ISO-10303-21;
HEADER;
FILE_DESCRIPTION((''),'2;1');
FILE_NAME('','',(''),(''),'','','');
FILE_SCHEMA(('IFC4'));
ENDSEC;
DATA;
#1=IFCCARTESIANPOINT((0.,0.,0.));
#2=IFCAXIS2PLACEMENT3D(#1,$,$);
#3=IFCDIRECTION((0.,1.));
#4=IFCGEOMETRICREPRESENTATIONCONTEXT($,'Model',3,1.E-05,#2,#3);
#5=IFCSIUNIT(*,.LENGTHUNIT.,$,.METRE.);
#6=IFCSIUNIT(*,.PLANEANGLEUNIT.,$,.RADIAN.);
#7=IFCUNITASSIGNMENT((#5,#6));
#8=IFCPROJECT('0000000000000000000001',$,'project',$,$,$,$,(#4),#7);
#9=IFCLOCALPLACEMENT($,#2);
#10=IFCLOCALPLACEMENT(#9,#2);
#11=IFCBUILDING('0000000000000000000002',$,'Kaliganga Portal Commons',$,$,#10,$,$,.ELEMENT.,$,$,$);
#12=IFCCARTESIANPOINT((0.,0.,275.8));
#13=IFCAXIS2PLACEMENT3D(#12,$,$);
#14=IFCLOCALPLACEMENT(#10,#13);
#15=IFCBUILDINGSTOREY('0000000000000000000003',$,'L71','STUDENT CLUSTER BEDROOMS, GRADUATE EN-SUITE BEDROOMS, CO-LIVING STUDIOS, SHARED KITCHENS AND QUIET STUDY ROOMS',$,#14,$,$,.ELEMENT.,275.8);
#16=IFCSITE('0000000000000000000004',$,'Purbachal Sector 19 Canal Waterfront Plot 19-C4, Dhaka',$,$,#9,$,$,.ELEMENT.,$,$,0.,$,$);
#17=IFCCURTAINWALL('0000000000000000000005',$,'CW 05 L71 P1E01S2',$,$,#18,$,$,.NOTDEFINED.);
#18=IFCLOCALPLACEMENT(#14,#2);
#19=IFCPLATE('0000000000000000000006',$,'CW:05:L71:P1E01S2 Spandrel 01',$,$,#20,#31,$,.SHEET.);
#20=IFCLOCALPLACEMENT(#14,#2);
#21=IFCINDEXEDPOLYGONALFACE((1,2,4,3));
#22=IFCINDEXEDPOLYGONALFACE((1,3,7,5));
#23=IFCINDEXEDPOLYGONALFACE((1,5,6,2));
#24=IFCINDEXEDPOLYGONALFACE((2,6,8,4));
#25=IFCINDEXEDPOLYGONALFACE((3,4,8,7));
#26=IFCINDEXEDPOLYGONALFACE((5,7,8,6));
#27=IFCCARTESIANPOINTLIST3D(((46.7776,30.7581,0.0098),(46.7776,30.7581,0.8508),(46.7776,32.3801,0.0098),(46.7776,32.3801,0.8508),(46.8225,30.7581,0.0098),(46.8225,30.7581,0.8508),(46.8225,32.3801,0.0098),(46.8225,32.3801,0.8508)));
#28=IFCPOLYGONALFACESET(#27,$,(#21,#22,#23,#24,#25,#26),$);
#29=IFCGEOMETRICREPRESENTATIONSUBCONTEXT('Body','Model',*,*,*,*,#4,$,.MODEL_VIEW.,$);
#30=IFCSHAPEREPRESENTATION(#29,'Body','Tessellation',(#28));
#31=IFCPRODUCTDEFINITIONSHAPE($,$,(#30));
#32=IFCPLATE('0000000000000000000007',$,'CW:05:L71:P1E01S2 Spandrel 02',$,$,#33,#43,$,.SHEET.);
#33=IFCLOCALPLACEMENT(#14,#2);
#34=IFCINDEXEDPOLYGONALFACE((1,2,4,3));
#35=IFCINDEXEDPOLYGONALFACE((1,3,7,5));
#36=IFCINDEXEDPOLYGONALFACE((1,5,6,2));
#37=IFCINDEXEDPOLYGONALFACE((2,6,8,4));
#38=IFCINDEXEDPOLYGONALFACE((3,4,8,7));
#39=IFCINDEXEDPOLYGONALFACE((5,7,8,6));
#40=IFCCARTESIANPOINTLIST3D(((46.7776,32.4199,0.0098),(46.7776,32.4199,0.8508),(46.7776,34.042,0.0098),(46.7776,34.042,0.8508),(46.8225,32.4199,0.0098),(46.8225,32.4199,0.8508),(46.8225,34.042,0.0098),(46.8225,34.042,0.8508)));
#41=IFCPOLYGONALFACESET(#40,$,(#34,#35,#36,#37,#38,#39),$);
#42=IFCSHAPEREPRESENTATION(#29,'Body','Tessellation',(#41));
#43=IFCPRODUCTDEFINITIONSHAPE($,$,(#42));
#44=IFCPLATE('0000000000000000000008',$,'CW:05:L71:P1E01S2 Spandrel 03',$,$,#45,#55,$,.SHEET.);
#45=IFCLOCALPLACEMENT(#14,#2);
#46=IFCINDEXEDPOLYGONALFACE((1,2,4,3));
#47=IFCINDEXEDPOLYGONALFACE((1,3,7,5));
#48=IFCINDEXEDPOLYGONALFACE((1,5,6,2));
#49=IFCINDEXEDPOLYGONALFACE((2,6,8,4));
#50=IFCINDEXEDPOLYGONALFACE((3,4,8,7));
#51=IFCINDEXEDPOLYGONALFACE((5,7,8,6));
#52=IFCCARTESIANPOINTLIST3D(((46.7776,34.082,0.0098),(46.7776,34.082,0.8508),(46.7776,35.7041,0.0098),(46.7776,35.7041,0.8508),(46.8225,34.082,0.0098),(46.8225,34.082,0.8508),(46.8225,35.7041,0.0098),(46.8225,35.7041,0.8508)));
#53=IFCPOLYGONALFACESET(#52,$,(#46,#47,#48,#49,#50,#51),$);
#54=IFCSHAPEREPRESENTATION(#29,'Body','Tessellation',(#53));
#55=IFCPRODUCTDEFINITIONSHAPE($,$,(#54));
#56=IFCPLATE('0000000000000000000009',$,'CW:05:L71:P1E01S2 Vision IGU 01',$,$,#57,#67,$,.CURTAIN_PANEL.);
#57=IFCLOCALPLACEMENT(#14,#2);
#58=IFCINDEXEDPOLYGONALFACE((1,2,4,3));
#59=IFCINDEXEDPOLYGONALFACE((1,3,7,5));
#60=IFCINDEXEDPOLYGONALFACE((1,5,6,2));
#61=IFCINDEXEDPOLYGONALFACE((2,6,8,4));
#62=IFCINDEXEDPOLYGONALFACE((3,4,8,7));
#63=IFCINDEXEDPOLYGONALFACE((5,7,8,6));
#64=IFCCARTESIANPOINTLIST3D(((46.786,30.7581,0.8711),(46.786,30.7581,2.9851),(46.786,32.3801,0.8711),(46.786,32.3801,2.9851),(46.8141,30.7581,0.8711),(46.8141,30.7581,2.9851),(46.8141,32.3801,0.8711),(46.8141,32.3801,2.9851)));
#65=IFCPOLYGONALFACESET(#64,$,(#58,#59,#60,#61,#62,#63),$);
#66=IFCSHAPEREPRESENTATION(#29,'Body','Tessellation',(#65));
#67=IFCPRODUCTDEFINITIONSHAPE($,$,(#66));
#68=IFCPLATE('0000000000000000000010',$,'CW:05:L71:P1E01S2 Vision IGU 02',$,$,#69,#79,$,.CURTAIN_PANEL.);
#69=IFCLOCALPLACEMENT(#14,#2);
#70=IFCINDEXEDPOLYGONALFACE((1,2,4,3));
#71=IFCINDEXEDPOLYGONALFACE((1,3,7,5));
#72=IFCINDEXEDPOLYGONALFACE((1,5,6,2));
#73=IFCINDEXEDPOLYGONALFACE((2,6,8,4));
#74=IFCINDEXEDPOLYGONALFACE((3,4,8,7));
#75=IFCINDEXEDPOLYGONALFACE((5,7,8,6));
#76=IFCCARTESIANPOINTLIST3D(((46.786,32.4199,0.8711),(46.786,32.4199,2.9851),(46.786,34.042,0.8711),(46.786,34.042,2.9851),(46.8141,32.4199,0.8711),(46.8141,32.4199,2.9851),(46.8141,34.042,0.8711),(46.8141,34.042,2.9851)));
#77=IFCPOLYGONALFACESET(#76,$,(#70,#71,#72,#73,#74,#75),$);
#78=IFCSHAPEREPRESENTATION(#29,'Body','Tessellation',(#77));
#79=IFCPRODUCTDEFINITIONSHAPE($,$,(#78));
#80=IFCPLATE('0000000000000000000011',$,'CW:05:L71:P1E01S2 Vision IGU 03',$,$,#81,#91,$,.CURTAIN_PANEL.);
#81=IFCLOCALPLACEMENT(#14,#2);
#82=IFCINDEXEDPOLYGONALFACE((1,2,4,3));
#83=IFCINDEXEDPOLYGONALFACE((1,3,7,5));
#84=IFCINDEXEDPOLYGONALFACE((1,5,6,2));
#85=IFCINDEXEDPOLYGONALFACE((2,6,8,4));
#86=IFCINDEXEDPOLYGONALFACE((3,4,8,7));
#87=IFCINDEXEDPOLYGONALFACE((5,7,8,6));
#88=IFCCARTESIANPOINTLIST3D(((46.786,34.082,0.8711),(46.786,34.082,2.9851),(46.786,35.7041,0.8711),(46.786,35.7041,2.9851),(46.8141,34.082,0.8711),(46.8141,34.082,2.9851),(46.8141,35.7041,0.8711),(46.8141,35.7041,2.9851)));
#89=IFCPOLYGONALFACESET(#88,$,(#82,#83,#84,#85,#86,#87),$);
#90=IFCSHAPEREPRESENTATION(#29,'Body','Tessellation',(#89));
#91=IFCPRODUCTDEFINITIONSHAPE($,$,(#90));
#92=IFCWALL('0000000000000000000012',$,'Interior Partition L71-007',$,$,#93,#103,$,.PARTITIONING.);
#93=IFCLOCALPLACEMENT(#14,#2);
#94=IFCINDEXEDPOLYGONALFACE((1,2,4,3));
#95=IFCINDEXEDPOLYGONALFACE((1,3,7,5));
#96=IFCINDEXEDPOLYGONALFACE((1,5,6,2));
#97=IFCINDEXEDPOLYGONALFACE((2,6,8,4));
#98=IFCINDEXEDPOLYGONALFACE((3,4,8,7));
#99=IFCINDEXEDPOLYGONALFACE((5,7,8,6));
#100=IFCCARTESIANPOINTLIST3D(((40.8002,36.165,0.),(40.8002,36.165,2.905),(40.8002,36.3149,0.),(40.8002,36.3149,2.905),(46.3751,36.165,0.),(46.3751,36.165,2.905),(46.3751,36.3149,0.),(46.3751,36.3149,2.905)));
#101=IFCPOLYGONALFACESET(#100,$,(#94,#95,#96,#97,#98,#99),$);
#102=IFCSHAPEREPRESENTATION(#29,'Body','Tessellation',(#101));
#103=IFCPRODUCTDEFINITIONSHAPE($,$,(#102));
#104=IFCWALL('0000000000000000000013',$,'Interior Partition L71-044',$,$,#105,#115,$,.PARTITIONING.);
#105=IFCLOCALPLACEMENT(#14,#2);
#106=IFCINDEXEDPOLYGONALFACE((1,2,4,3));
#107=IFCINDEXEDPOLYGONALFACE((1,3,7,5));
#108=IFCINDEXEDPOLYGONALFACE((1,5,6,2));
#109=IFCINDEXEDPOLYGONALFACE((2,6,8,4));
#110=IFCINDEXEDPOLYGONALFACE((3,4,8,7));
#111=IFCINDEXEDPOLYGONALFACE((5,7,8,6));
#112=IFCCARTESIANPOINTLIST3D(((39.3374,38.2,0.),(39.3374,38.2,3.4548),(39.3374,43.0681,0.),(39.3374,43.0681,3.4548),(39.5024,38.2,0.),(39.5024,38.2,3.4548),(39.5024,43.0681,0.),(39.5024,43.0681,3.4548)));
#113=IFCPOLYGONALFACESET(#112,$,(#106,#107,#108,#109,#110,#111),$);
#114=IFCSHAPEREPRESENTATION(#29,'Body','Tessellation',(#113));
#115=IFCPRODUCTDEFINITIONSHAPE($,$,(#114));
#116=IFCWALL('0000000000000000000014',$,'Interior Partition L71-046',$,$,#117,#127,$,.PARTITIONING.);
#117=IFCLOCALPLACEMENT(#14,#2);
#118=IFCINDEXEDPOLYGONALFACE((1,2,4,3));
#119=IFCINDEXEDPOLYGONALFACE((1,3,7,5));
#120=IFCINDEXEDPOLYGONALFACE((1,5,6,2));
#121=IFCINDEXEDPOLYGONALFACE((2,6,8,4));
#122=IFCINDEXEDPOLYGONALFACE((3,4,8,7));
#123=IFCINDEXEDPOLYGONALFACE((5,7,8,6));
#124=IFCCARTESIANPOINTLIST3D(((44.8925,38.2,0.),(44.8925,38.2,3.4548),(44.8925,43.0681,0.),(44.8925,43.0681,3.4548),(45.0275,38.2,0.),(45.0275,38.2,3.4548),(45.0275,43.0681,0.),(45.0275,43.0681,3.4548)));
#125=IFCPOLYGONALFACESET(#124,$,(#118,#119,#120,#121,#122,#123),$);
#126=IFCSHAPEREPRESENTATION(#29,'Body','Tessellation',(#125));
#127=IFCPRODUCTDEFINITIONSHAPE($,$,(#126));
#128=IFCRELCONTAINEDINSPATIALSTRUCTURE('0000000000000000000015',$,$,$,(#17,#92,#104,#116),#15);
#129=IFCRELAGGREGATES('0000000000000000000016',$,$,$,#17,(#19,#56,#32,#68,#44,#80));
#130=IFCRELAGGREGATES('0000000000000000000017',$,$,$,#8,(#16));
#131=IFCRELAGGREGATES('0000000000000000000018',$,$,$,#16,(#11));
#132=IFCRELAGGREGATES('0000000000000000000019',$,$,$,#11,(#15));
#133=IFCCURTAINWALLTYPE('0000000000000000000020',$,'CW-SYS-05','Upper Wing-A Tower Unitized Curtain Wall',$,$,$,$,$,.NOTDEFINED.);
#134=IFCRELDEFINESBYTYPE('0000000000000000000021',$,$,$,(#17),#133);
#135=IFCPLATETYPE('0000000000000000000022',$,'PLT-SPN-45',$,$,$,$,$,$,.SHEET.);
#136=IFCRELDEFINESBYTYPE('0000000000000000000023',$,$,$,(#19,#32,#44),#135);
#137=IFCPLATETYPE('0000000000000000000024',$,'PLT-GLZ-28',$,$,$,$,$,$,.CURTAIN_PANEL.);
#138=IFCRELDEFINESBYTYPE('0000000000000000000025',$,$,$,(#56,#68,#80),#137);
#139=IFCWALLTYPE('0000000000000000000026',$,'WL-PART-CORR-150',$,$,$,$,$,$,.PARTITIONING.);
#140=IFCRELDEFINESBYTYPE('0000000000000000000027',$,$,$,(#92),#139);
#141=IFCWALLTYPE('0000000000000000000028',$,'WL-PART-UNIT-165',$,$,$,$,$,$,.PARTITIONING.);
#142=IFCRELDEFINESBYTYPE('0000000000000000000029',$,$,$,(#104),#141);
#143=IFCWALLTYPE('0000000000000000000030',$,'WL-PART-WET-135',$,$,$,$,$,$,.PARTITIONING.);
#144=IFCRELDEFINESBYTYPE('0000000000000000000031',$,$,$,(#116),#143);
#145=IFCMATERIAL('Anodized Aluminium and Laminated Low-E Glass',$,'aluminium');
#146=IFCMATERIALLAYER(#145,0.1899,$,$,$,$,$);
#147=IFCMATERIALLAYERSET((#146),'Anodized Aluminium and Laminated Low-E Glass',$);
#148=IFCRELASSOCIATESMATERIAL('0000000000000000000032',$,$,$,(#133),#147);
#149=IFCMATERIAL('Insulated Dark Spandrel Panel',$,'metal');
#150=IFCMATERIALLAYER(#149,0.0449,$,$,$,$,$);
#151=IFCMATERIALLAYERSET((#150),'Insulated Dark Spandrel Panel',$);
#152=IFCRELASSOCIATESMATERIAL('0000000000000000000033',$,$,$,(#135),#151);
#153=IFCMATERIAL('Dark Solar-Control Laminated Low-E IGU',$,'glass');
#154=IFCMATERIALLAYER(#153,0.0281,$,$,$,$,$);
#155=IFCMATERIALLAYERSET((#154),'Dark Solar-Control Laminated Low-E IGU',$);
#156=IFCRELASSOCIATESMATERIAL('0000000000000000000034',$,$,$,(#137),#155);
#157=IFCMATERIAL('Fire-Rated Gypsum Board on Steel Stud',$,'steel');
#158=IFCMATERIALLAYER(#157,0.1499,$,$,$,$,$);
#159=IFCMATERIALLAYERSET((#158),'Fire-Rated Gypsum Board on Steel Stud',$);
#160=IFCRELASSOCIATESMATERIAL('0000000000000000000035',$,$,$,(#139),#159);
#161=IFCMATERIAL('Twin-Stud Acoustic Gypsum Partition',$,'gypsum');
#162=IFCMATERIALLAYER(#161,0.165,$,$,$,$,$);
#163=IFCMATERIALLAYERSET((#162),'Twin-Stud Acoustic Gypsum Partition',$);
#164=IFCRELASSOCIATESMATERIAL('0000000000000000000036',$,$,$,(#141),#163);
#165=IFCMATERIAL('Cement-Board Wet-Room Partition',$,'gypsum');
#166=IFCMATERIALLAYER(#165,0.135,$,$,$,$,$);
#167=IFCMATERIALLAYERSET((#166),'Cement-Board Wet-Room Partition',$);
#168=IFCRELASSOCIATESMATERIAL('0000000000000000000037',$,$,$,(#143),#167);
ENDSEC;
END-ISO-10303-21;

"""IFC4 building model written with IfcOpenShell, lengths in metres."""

from ifc_helpers import new_model, si_unit, direction, frame, frame_2d, origin, origin_2d, place, context, subcontext, project, spatial, rectangle, extrude, source, transform, mapped, material, layer, layer_set, type_object, element, aggregate, save


model = new_model("IFC4")

# Units and contexts
model_context = context("Model", 3, precision=1e-05, world=origin(), true_north=direction((0.0, 1.0)))
body_context = subcontext(model_context, "Body", "Model", "MODEL_VIEW")
ifc_project = project(units=[si_unit("LENGTHUNIT", "METRE"), si_unit("PLANEANGLEUNIT", "RADIAN")], contexts=[model_context])

# Site, building, storey
site_placement = place(None, origin())
site = spatial("IfcSite", under=ifc_project, at=site_placement, Name="Purbachal Sector 19 Canal Waterfront Plot 19-C4, Dhaka", CompositionType="ELEMENT", RefElevation=0.0)
building_placement = place(site_placement, origin())
building = spatial("IfcBuilding", under=site, at=building_placement, Name="Kaliganga Portal Commons", CompositionType="ELEMENT")
storey_placement = place(building_placement, frame((0.0, 0.0, 275.8)))
storey = spatial("IfcBuildingStorey", under=building, at=storey_placement, Name="L71", Description="STUDENT CLUSTER BEDROOMS, GRADUATE EN-SUITE BEDROOMS, CO-LIVING STUDIOS, SHARED KITCHENS AND QUIET STUDY ROOMS", CompositionType="ELEMENT", Elevation=275.8)

# Curtain wall
ifc_material_1 = material(Name="Anodized Aluminium and Laminated Low-E Glass", Category="aluminium")
ifc_layer_1 = layer(ifc_material_1, 0.1899)
ifc_layer_set_1 = layer_set([ifc_layer_1], Name="Anodized Aluminium and Laminated Low-E Glass")
curtain_wall_type = type_object("IfcCurtainWallType", Name="CW-SYS-05", Description="Upper Wing-A Tower Unitized Curtain Wall", PredefinedType="NOTDEFINED", material=ifc_layer_set_1)
curtain_wall_1_placement = place(storey_placement, origin())
curtain_wall_1 = element("IfcCurtainWall", 1, at=curtain_wall_1_placement, inside=storey, type_object=curtain_wall_type, Name="CW 05 L71 P1E01S2", PredefinedType="NOTDEFINED")

# Shared definitions
ifc_material_2 = material(Name="Insulated Dark Spandrel Panel", Category="metal")
ifc_layer_2 = layer(ifc_material_2, 0.0449)
ifc_layer_set_2 = layer_set([ifc_layer_2], Name="Insulated Dark Spandrel Panel")
plate_type_1 = type_object("IfcPlateType", Name="PLT-SPN-45", PredefinedType="SHEET", material=ifc_layer_set_2)
ifc_material_3 = material(Name="Dark Solar-Control Laminated Low-E IGU", Category="glass")
ifc_layer_3 = layer(ifc_material_3, 0.0281)
ifc_layer_set_3 = layer_set([ifc_layer_3], Name="Dark Solar-Control Laminated Low-E IGU")
plate_type_2 = type_object("IfcPlateType", Name="PLT-GLZ-28", PredefinedType="CURTAIN_PANEL", material=ifc_layer_set_3)

# Plates
shared_shape_1 = source(origin(), body_context, "Body", "SweptSolid", [
    extrude(rectangle(XDim=1.6221, YDim=0.0449, at=origin_2d()), origin(), (0.0, 0.0, 1.0), 0.8411),
])
plate_1_placement = place(storey_placement, frame((46.8, 31.5691, 0.0098), z_axis=(0.0, 0.0, 1.0), x_axis=(0.0, 1.0, 0.0)))
plate_1 = element("IfcPlate", 2, at=plate_1_placement, type_object=plate_type_1, Name="CW:05:L71:P1E01S2 Spandrel 01", PredefinedType="SHEET", context=body_context, shape_type="MappedRepresentation", body=[
    mapped(shared_shape_1, transform((0.0, 0.0, 0.0), x_axis=(1.0, 0.0, 0.0), y_axis=(0.0, 1.0, 0.0), z_axis=(0.0, 0.0, 1.0), scale=1.0)),
])
plate_2_placement = place(storey_placement, frame((46.8, 33.231, 0.0098), z_axis=(0.0, 0.0, 1.0), x_axis=(0.0, 1.0, 0.0)))
plate_2 = element("IfcPlate", 3, at=plate_2_placement, type_object=plate_type_1, Name="CW:05:L71:P1E01S2 Spandrel 02", PredefinedType="SHEET", context=body_context, shape_type="MappedRepresentation", body=[
    mapped(shared_shape_1, transform((0.0, 0.0, 0.0), x_axis=(1.0, 0.0, 0.0), y_axis=(0.0, 1.0, 0.0), z_axis=(0.0, 0.0, 1.0), scale=1.0)),
])
plate_3_placement = place(storey_placement, frame((46.8, 34.8931, 0.0098), z_axis=(0.0, 0.0, 1.0), x_axis=(0.0, 1.0, 0.0)))
plate_3 = element("IfcPlate", 4, at=plate_3_placement, type_object=plate_type_1, Name="CW:05:L71:P1E01S2 Spandrel 03", PredefinedType="SHEET", context=body_context, shape_type="MappedRepresentation", body=[
    mapped(shared_shape_1, transform((0.0, 0.0, 0.0), x_axis=(1.0, 0.0, 0.0), y_axis=(0.0, 1.0, 0.0), z_axis=(0.0, 0.0, 1.0), scale=1.0)),
])
shared_shape_2 = source(origin(), body_context, "Body", "SweptSolid", [
    extrude(rectangle(XDim=1.6221, YDim=0.0281, at=origin_2d()), origin(), (0.0, 0.0, 1.0), 2.114),
])
plate_4_placement = place(storey_placement, frame((46.8, 31.5691, 0.8711), z_axis=(0.0, 0.0, 1.0), x_axis=(0.0, 1.0, 0.0)))
plate_4 = element("IfcPlate", 5, at=plate_4_placement, type_object=plate_type_2, Name="CW:05:L71:P1E01S2 Vision IGU 01", PredefinedType="CURTAIN_PANEL", context=body_context, shape_type="MappedRepresentation", body=[
    mapped(shared_shape_2, transform((0.0, 0.0, 0.0), x_axis=(1.0, 0.0, 0.0), y_axis=(0.0, 1.0, 0.0), z_axis=(0.0, 0.0, 1.0), scale=1.0)),
])
plate_5_placement = place(storey_placement, frame((46.8, 33.231, 0.8711), z_axis=(0.0, 0.0, 1.0), x_axis=(0.0, 1.0, 0.0)))
plate_5 = element("IfcPlate", 6, at=plate_5_placement, type_object=plate_type_2, Name="CW:05:L71:P1E01S2 Vision IGU 02", PredefinedType="CURTAIN_PANEL", context=body_context, shape_type="MappedRepresentation", body=[
    mapped(shared_shape_2, transform((0.0, 0.0, 0.0), x_axis=(1.0, 0.0, 0.0), y_axis=(0.0, 1.0, 0.0), z_axis=(0.0, 0.0, 1.0), scale=1.0)),
])
plate_6_placement = place(storey_placement, frame((46.8, 34.8931, 0.8711), z_axis=(0.0, 0.0, 1.0), x_axis=(0.0, 1.0, 0.0)))
plate_6 = element("IfcPlate", 7, at=plate_6_placement, type_object=plate_type_2, Name="CW:05:L71:P1E01S2 Vision IGU 03", PredefinedType="CURTAIN_PANEL", context=body_context, shape_type="MappedRepresentation", body=[
    mapped(shared_shape_2, transform((0.0, 0.0, 0.0), x_axis=(1.0, 0.0, 0.0), y_axis=(0.0, 1.0, 0.0), z_axis=(0.0, 0.0, 1.0), scale=1.0)),
])
aggregate(curtain_wall_1, [plate_1, plate_4, plate_2, plate_5, plate_3, plate_6])

# Wall
ifc_material_4 = material(Name="Fire-Rated Gypsum Board on Steel Stud", Category="steel")
ifc_layer_4 = layer(ifc_material_4, 0.1499)
ifc_layer_set_4 = layer_set([ifc_layer_4], Name="Fire-Rated Gypsum Board on Steel Stud")
wall_type_1 = type_object("IfcWallType", Name="WL-PART-CORR-150", PredefinedType="PARTITIONING", material=ifc_layer_set_4)
wall_1_placement = place(storey_placement, frame((40.8, 36.24, 0.0), z_axis=(0.0, 0.0, 1.0), x_axis=(1.0, 0.0, 0.0)))
element("IfcWall", 8, at=wall_1_placement, inside=storey, type_object=wall_type_1, Name="Interior Partition L71-007", PredefinedType="PARTITIONING", context=body_context, shape_type="SweptSolid", body=[
    extrude(rectangle(XDim=5.575, YDim=0.1499, at=frame_2d((2.7876, 0.0))), origin(), (0.0, 0.0, 1.0), 2.905),
])

# Walls
ifc_material_5 = material(Name="Twin-Stud Acoustic Gypsum Partition", Category="gypsum")
ifc_layer_5 = layer(ifc_material_5, 0.165)
ifc_layer_set_5 = layer_set([ifc_layer_5], Name="Twin-Stud Acoustic Gypsum Partition")
wall_type_2 = type_object("IfcWallType", Name="WL-PART-UNIT-165", PredefinedType="PARTITIONING", material=ifc_layer_set_5)
wall_2_placement = place(storey_placement, frame((39.4199, 38.2, 0.0), z_axis=(0.0, 0.0, 1.0), x_axis=(0.0, 1.0, 0.0)))
element("IfcWall", 9, at=wall_2_placement, inside=storey, type_object=wall_type_2, Name="Interior Partition L71-044", PredefinedType="PARTITIONING", context=body_context, shape_type="SweptSolid", body=[
    extrude(rectangle(XDim=4.8682, YDim=0.165, at=frame_2d((2.4341, 0.0))), origin(), (0.0, 0.0, 1.0), 3.4548),
])
ifc_material_6 = material(Name="Cement-Board Wet-Room Partition", Category="gypsum")
ifc_layer_6 = layer(ifc_material_6, 0.135)
ifc_layer_set_6 = layer_set([ifc_layer_6], Name="Cement-Board Wet-Room Partition")
wall_type_3 = type_object("IfcWallType", Name="WL-PART-WET-135", PredefinedType="PARTITIONING", material=ifc_layer_set_6)
wall_3_placement = place(storey_placement, frame((44.96, 38.2, 0.0), z_axis=(0.0, 0.0, 1.0), x_axis=(0.0, 1.0, 0.0)))
element("IfcWall", 10, at=wall_3_placement, inside=storey, type_object=wall_type_3, Name="Interior Partition L71-046", PredefinedType="PARTITIONING", context=body_context, shape_type="SweptSolid", body=[
    extrude(rectangle(XDim=4.8682, YDim=0.135, at=frame_2d((2.4341, 0.0))), origin(), (0.0, 0.0, 1.0), 3.4548),
])

save(model, "model.ifc")
